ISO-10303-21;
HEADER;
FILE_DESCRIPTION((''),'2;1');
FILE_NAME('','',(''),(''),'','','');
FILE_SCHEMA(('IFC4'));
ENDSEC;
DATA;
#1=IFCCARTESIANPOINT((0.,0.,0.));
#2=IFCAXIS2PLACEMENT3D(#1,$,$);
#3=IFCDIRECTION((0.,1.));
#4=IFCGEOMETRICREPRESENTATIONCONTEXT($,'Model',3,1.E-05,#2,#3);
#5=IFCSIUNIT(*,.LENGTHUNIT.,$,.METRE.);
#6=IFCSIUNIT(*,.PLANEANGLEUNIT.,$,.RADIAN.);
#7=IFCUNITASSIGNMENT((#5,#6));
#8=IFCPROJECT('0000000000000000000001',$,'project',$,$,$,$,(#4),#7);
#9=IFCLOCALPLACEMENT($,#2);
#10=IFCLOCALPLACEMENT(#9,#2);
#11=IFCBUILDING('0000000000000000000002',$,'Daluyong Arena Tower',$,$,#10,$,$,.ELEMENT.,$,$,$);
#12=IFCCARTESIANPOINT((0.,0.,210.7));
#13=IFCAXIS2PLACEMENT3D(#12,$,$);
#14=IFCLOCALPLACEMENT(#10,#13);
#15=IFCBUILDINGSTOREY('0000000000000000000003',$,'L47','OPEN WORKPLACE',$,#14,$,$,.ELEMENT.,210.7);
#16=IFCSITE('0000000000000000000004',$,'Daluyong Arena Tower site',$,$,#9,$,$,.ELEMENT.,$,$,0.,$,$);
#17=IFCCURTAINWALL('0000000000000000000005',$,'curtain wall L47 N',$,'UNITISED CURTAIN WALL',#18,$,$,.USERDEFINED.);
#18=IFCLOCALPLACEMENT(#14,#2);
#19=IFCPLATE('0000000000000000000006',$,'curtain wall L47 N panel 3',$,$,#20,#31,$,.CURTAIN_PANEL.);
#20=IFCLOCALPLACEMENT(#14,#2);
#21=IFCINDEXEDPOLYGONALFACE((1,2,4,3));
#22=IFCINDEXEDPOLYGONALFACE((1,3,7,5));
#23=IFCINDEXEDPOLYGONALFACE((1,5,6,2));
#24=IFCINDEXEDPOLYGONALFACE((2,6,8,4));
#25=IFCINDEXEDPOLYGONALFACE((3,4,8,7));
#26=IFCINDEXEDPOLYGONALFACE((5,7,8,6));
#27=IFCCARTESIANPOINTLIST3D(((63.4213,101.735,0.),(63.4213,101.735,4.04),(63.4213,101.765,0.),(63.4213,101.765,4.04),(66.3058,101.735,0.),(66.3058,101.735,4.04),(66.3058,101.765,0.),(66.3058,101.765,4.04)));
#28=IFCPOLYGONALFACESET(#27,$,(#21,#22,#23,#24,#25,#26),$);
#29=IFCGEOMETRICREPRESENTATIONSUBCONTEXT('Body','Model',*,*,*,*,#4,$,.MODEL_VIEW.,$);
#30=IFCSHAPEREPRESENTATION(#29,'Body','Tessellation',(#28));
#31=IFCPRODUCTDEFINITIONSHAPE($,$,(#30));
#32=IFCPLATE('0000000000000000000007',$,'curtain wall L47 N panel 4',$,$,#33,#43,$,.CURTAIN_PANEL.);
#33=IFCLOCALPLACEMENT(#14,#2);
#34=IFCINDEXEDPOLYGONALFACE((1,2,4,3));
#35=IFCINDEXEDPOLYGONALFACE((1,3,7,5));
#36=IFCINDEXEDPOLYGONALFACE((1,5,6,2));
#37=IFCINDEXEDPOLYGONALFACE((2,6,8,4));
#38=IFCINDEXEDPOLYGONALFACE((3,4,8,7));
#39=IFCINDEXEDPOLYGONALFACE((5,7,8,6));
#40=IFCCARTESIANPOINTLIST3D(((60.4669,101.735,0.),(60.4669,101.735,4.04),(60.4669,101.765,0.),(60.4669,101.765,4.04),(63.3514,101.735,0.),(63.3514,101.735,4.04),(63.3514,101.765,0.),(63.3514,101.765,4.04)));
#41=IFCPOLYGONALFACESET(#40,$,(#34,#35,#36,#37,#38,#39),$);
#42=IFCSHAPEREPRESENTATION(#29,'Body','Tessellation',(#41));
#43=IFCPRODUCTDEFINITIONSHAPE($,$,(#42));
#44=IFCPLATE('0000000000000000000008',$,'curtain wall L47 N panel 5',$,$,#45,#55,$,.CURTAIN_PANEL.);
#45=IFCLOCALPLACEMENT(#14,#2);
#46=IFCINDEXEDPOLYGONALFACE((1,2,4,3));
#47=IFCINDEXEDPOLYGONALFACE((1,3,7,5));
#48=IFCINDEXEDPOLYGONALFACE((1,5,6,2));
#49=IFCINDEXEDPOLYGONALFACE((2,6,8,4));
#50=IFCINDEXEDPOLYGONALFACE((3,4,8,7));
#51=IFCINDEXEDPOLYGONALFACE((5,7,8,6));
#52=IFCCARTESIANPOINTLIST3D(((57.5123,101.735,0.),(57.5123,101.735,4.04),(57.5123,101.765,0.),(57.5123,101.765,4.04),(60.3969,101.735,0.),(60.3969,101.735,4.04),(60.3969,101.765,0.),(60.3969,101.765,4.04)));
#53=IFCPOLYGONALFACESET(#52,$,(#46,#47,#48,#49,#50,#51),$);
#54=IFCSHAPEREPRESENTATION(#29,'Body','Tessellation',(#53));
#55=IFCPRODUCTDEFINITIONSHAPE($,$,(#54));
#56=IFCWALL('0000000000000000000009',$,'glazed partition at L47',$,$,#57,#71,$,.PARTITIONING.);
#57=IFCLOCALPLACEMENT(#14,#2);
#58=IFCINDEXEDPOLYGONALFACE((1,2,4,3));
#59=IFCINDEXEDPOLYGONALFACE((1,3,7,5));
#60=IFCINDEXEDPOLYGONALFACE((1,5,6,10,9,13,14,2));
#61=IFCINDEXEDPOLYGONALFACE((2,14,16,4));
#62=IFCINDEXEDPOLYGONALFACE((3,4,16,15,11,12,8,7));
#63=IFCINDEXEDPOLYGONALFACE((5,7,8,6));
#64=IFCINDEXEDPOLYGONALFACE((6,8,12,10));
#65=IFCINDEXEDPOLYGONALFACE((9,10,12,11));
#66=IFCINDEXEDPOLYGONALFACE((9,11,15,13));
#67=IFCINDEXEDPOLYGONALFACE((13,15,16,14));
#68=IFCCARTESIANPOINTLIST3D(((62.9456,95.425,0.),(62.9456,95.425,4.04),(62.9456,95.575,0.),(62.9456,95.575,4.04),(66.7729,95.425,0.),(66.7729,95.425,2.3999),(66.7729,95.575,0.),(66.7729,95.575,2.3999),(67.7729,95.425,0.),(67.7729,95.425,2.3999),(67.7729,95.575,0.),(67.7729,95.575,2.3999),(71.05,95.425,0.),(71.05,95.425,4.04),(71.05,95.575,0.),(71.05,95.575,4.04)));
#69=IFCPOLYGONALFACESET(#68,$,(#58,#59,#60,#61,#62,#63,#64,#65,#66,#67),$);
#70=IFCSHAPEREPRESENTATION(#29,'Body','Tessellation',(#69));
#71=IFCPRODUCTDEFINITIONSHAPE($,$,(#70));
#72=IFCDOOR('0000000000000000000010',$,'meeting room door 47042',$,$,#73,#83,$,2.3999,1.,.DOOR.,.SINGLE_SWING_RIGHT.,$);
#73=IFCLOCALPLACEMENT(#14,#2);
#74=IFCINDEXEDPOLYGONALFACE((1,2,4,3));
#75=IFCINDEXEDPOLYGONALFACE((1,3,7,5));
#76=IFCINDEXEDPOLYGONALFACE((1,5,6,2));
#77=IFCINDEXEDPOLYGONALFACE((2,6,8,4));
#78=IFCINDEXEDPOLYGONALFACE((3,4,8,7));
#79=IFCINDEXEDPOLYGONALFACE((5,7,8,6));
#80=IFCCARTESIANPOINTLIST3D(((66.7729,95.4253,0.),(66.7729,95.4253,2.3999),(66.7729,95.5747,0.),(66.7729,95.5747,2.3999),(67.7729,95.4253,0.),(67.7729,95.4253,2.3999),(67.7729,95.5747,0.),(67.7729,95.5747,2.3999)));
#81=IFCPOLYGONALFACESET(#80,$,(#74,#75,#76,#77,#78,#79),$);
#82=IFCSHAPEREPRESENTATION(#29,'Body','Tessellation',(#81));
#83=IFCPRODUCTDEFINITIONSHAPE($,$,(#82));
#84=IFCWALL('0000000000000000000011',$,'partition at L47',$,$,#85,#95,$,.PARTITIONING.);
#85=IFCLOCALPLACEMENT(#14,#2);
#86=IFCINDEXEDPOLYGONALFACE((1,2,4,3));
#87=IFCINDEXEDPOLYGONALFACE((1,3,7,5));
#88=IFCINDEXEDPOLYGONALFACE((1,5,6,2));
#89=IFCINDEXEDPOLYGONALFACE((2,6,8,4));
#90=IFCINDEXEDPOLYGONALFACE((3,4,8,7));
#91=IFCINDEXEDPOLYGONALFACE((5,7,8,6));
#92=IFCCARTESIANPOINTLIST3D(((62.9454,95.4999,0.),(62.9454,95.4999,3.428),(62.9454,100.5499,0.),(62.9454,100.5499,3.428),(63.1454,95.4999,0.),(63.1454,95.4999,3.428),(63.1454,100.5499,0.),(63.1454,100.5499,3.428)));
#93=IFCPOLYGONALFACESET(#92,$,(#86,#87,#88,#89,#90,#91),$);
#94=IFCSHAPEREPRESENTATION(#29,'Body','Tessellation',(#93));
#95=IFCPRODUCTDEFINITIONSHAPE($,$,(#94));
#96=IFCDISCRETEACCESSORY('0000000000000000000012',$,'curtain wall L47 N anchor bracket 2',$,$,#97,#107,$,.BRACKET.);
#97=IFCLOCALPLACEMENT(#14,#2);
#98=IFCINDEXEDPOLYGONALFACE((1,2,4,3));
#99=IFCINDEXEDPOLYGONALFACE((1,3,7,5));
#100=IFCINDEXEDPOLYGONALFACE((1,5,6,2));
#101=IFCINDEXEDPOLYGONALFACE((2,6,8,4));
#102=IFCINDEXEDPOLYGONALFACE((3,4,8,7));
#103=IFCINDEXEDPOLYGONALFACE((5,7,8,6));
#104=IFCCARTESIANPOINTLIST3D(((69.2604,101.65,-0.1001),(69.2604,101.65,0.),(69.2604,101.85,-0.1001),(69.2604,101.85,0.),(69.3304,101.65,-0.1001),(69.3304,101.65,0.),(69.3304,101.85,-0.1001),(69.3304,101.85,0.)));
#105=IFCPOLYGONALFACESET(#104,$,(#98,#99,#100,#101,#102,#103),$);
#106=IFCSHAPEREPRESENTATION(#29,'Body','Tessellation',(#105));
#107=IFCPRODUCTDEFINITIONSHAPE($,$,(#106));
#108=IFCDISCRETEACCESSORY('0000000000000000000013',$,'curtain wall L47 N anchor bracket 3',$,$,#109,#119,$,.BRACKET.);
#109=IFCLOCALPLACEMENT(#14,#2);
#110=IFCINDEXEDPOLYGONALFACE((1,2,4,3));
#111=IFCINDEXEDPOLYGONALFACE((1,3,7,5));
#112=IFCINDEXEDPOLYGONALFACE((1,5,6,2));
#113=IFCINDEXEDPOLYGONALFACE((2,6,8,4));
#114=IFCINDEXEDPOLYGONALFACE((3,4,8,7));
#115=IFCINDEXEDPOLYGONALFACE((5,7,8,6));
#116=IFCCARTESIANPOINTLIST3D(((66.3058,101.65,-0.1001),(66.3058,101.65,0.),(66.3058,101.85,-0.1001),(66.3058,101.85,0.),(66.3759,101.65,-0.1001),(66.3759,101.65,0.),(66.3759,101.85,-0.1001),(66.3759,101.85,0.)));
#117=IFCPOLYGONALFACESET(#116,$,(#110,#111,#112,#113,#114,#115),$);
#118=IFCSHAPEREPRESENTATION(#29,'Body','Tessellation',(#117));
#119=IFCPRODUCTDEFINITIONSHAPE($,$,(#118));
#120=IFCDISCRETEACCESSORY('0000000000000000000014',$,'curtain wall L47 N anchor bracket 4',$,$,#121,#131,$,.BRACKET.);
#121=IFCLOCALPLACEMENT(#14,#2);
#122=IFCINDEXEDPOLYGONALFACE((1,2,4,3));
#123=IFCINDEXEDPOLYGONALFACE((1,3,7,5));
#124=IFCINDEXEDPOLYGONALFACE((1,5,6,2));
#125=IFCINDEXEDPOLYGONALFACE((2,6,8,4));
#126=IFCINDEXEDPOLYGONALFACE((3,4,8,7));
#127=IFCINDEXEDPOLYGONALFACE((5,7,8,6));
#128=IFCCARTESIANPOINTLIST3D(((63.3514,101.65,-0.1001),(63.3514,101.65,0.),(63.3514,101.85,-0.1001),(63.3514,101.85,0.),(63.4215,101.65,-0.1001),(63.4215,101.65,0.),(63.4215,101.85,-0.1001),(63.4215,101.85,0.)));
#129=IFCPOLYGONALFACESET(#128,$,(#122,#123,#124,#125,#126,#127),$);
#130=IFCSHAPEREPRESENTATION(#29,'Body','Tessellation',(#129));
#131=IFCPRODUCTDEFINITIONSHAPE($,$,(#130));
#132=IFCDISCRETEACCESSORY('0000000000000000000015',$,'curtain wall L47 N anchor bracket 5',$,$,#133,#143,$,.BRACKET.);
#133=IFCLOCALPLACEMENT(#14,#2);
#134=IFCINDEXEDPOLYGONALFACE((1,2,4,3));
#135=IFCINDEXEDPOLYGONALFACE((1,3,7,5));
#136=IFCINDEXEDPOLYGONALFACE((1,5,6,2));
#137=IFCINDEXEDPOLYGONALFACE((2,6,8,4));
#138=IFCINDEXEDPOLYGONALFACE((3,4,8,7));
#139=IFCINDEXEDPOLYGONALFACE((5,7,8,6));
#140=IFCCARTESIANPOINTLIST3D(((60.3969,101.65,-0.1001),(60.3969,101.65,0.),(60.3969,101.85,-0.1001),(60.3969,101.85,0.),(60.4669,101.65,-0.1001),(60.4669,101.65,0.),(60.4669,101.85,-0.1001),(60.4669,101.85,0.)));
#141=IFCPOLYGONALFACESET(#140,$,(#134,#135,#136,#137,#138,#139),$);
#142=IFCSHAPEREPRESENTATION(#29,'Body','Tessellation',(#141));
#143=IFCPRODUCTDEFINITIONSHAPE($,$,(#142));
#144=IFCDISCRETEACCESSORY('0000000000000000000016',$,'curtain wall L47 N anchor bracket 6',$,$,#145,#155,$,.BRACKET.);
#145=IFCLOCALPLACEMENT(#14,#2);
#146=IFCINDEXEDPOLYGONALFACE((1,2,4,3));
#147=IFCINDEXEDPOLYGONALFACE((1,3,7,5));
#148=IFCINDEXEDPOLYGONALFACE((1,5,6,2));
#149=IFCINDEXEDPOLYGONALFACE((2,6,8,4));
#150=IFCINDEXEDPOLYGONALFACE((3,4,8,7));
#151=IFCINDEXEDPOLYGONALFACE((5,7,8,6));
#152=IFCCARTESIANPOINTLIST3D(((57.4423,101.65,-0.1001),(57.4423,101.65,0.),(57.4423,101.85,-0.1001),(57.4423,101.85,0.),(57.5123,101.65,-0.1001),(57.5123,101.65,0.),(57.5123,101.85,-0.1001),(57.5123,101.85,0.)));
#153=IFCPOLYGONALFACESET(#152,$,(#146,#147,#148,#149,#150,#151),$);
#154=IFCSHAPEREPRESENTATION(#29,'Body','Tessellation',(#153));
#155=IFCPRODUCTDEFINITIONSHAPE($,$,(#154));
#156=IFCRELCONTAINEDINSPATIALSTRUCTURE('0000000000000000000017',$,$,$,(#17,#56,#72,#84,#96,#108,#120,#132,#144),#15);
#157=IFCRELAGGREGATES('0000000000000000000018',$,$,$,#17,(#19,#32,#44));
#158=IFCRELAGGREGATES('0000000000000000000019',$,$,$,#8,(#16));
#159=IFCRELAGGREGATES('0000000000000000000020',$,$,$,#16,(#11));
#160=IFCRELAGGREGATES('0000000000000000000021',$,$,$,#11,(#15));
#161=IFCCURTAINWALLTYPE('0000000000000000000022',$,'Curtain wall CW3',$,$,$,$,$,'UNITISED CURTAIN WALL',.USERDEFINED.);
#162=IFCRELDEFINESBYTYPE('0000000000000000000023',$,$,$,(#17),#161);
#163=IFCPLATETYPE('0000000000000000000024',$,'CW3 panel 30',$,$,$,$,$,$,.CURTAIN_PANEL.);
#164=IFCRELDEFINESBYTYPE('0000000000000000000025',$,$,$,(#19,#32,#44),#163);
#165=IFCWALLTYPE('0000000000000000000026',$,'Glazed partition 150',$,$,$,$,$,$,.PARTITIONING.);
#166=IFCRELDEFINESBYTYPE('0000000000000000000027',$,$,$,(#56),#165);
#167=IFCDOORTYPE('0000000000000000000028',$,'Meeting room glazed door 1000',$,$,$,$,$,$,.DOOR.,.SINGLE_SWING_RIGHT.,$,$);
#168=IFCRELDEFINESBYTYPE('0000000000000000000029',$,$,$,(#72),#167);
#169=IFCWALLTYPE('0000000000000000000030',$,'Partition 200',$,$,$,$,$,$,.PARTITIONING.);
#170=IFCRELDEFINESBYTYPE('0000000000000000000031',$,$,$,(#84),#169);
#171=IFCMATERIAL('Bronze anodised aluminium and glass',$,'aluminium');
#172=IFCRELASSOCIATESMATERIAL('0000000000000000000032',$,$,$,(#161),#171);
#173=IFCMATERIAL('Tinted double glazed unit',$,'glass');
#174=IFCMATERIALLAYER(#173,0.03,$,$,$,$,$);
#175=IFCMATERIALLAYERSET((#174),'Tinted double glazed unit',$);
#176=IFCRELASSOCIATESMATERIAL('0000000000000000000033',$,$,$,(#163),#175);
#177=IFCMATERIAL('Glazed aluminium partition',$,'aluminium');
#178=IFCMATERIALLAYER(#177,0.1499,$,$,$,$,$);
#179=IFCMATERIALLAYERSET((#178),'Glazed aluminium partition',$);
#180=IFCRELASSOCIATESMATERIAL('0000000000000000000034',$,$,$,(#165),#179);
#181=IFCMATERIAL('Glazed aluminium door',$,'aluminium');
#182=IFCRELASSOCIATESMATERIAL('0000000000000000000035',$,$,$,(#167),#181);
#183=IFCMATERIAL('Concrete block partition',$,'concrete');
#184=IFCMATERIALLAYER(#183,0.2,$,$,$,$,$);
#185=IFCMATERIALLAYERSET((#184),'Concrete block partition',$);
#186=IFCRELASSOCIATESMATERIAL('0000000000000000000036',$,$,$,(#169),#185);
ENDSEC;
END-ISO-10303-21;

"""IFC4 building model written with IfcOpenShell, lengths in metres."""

from ifc_helpers import new_model, si_unit, direction, frame, frame_2d, origin, origin_2d, place, context, subcontext, project, spatial, rectangle, extrude, material, layer, layer_set, type_object, element, fill, aggregate, save


model = new_model("IFC4")

# Units and contexts
model_context = context("Model", 3, precision=1e-05, world=origin(), true_north=direction((0.0, 1.0)))
body_context = subcontext(model_context, "Body", "Model", "MODEL_VIEW")
ifc_project = project(units=[si_unit("LENGTHUNIT", "METRE"), si_unit("PLANEANGLEUNIT", "RADIAN")], contexts=[model_context])

# Site, building, storey
site_placement = place(None, origin())
site = spatial("IfcSite", under=ifc_project, at=site_placement, Name="Daluyong Arena Tower site", CompositionType="ELEMENT", RefElevation=0.0)
building_placement = place(site_placement, origin())
building = spatial("IfcBuilding", under=site, at=building_placement, Name="Daluyong Arena Tower", CompositionType="ELEMENT")
storey_placement = place(building_placement, frame((0.0, 0.0, 210.7)))
storey = spatial("IfcBuildingStorey", under=building, at=storey_placement, Name="L47", Description="OPEN WORKPLACE", CompositionType="ELEMENT", Elevation=210.7)

# Curtain wall
ifc_material_1 = material(Name="Bronze anodised aluminium and glass", Category="aluminium")
curtain_wall_type = type_object("IfcCurtainWallType", Name="Curtain wall CW3", ElementType="UNITISED CURTAIN WALL", PredefinedType="USERDEFINED", material=ifc_material_1)
curtain_wall_placement = place(storey_placement, origin())
curtain_wall = element("IfcCurtainWall", 1, at=curtain_wall_placement, inside=storey, type_object=curtain_wall_type, Name="curtain wall L47 N", ObjectType="UNITISED CURTAIN WALL", PredefinedType="USERDEFINED")

# Plates
ifc_material_2 = material(Name="Tinted double glazed unit", Category="glass")
ifc_layer_1 = layer(ifc_material_2, 0.03)
ifc_layer_set_1 = layer_set([ifc_layer_1], Name="Tinted double glazed unit")
plate_type = type_object("IfcPlateType", Name="CW3 panel 30", PredefinedType="CURTAIN_PANEL", material=ifc_layer_set_1)
plate_1_placement = place(storey_placement, frame((64.8635, 101.75, 0.0), z_axis=(0.0, 0.0, 1.0), x_axis=(-1.0, 0.0, 0.0)))
plate_1 = element("IfcPlate", 2, at=plate_1_placement, type_object=plate_type, Name="curtain wall L47 N panel 3", PredefinedType="CURTAIN_PANEL", context=body_context, shape_type="SweptSolid", body=[
    extrude(rectangle(XDim=2.8845, YDim=0.03, at=origin_2d()), origin(), (0.0, 0.0, 1.0), 4.04),
])
plate_2_placement = place(storey_placement, frame((61.9092, 101.75, 0.0), z_axis=(0.0, 0.0, 1.0), x_axis=(-1.0, 0.0, 0.0)))
plate_2 = element("IfcPlate", 3, at=plate_2_placement, type_object=plate_type, Name="curtain wall L47 N panel 4", PredefinedType="CURTAIN_PANEL", context=body_context, shape_type="SweptSolid", body=[
    extrude(rectangle(XDim=2.8845, YDim=0.03, at=origin_2d()), origin(), (0.0, 0.0, 1.0), 4.04),
])
plate_3_placement = place(storey_placement, frame((58.9546, 101.75, 0.0), z_axis=(0.0, 0.0, 1.0), x_axis=(-1.0, 0.0, 0.0)))
plate_3 = element("IfcPlate", 4, at=plate_3_placement, type_object=plate_type, Name="curtain wall L47 N panel 5", PredefinedType="CURTAIN_PANEL", context=body_context, shape_type="SweptSolid", body=[
    extrude(rectangle(XDim=2.8845, YDim=0.03, at=origin_2d()), origin(), (0.0, 0.0, 1.0), 4.04),
])
aggregate(curtain_wall, [plate_1, plate_2, plate_3])

# Wall, opening, door
ifc_material_3 = material(Name="Glazed aluminium partition", Category="aluminium")
ifc_layer_2 = layer(ifc_material_3, 0.1499)
ifc_layer_set_2 = layer_set([ifc_layer_2], Name="Glazed aluminium partition")
wall_type_1 = type_object("IfcWallType", Name="Glazed partition 150", PredefinedType="PARTITIONING", material=ifc_layer_set_2)
wall_1_placement = place(storey_placement, frame((62.9456, 95.5, 0.0), z_axis=(0.0, 0.0, 1.0), x_axis=(1.0, 0.0, 0.0)))
wall_1 = element("IfcWall", 5, at=wall_1_placement, inside=storey, type_object=wall_type_1, Name="glazed partition at L47", PredefinedType="PARTITIONING", context=body_context, shape_type="SweptSolid", body=[
    extrude(rectangle(XDim=8.1045, YDim=0.1499, at=frame_2d((4.0522, 0.0))), origin(), (0.0, 0.0, 1.0), 4.04),
])
opening_placement = place(wall_1_placement, frame((3.8274, 0.0, 0.0)))
opening = element("IfcOpeningElement", 6, at=opening_placement, cuts=wall_1, PredefinedType="OPENING", context=body_context, shape_type="SweptSolid", body=[
    extrude(rectangle(XDim=1.0, YDim=2.3999, at=frame_2d((0.5, 1.2))), frame((0.0, 0.085, 0.0), z_axis=(0.0, -1.0, 0.0), x_axis=(1.0, 0.0, 0.0)), (0.0, 0.0, 1.0), 0.1699),
])
ifc_material_4 = material(Name="Glazed aluminium door", Category="aluminium")
door_type = type_object("IfcDoorType", Name="Meeting room glazed door 1000", OperationType="SINGLE_SWING_RIGHT", PredefinedType="DOOR", material=ifc_material_4)
door_placement = place(opening_placement, origin())
door = element("IfcDoor", 7, at=door_placement, inside=storey, type_object=door_type, Name="meeting room door 47042", OperationType="SINGLE_SWING_RIGHT", OverallHeight=2.3999, OverallWidth=1.0, PredefinedType="DOOR", context=body_context, shape_type="SweptSolid", body=[
    extrude(rectangle(XDim=1.0, YDim=2.3999, at=frame_2d((0.5, 1.2))), frame((0.0, 0.0747, 0.0), z_axis=(0.0, -1.0, 0.0), x_axis=(1.0, 0.0, 0.0)), (0.0, 0.0, 1.0), 0.1494),
])
fill(opening, door)

# Wall
ifc_material_5 = material(Name="Concrete block partition", Category="concrete")
ifc_layer_3 = layer(ifc_material_5, 0.2)
ifc_layer_set_3 = layer_set([ifc_layer_3], Name="Concrete block partition")
wall_type_2 = type_object("IfcWallType", Name="Partition 200", PredefinedType="PARTITIONING", material=ifc_layer_set_3)
wall_2_placement = place(storey_placement, frame((63.0454, 95.5, 0.0), z_axis=(0.0, 0.0, 1.0), x_axis=(0.0, 1.0, 0.0)))
element("IfcWall", 8, at=wall_2_placement, inside=storey, type_object=wall_type_2, Name="partition at L47", PredefinedType="PARTITIONING", context=body_context, shape_type="SweptSolid", body=[
    extrude(rectangle(XDim=5.05, YDim=0.2, at=frame_2d((2.5249, 0.0))), origin(), (0.0, 0.0, 1.0), 3.428),
])

# Discrete accessories
for number, where, z_axis, x_axis, name in (
    (9, (69.2954, 101.75, -0.1001), (0.0, 0.0, 1.0), (-1.0, 0.0, 0.0), "curtain wall L47 N anchor bracket 2"),
    (10, (66.3408, 101.75, -0.1001), (0.0, 0.0, 1.0), (-1.0, 0.0, 0.0), "curtain wall L47 N anchor bracket 3"),
    (11, (63.3865, 101.75, -0.1001), (0.0, 0.0, 1.0), (-1.0, 0.0, 0.0), "curtain wall L47 N anchor bracket 4"),
    (12, (60.4319, 101.75, -0.1001), (0.0, 0.0, 1.0), (-1.0, 0.0, 0.0), "curtain wall L47 N anchor bracket 5"),
    (13, (57.4773, 101.75, -0.1001), (0.0, 0.0, 1.0), (-1.0, 0.0, 0.0), "curtain wall L47 N anchor bracket 6"),
):
    element("IfcDiscreteAccessory", number, at=place(storey_placement, frame(where, z_axis=z_axis, x_axis=x_axis)), inside=storey, Name=name, PredefinedType="BRACKET", context=body_context, shape_type="SweptSolid", body=[
        extrude(rectangle(XDim=0.0701, YDim=0.2, at=origin_2d()), origin(), (0.0, 0.0, 1.0), 0.1001),
    ])

save(model, "model.ifc")
